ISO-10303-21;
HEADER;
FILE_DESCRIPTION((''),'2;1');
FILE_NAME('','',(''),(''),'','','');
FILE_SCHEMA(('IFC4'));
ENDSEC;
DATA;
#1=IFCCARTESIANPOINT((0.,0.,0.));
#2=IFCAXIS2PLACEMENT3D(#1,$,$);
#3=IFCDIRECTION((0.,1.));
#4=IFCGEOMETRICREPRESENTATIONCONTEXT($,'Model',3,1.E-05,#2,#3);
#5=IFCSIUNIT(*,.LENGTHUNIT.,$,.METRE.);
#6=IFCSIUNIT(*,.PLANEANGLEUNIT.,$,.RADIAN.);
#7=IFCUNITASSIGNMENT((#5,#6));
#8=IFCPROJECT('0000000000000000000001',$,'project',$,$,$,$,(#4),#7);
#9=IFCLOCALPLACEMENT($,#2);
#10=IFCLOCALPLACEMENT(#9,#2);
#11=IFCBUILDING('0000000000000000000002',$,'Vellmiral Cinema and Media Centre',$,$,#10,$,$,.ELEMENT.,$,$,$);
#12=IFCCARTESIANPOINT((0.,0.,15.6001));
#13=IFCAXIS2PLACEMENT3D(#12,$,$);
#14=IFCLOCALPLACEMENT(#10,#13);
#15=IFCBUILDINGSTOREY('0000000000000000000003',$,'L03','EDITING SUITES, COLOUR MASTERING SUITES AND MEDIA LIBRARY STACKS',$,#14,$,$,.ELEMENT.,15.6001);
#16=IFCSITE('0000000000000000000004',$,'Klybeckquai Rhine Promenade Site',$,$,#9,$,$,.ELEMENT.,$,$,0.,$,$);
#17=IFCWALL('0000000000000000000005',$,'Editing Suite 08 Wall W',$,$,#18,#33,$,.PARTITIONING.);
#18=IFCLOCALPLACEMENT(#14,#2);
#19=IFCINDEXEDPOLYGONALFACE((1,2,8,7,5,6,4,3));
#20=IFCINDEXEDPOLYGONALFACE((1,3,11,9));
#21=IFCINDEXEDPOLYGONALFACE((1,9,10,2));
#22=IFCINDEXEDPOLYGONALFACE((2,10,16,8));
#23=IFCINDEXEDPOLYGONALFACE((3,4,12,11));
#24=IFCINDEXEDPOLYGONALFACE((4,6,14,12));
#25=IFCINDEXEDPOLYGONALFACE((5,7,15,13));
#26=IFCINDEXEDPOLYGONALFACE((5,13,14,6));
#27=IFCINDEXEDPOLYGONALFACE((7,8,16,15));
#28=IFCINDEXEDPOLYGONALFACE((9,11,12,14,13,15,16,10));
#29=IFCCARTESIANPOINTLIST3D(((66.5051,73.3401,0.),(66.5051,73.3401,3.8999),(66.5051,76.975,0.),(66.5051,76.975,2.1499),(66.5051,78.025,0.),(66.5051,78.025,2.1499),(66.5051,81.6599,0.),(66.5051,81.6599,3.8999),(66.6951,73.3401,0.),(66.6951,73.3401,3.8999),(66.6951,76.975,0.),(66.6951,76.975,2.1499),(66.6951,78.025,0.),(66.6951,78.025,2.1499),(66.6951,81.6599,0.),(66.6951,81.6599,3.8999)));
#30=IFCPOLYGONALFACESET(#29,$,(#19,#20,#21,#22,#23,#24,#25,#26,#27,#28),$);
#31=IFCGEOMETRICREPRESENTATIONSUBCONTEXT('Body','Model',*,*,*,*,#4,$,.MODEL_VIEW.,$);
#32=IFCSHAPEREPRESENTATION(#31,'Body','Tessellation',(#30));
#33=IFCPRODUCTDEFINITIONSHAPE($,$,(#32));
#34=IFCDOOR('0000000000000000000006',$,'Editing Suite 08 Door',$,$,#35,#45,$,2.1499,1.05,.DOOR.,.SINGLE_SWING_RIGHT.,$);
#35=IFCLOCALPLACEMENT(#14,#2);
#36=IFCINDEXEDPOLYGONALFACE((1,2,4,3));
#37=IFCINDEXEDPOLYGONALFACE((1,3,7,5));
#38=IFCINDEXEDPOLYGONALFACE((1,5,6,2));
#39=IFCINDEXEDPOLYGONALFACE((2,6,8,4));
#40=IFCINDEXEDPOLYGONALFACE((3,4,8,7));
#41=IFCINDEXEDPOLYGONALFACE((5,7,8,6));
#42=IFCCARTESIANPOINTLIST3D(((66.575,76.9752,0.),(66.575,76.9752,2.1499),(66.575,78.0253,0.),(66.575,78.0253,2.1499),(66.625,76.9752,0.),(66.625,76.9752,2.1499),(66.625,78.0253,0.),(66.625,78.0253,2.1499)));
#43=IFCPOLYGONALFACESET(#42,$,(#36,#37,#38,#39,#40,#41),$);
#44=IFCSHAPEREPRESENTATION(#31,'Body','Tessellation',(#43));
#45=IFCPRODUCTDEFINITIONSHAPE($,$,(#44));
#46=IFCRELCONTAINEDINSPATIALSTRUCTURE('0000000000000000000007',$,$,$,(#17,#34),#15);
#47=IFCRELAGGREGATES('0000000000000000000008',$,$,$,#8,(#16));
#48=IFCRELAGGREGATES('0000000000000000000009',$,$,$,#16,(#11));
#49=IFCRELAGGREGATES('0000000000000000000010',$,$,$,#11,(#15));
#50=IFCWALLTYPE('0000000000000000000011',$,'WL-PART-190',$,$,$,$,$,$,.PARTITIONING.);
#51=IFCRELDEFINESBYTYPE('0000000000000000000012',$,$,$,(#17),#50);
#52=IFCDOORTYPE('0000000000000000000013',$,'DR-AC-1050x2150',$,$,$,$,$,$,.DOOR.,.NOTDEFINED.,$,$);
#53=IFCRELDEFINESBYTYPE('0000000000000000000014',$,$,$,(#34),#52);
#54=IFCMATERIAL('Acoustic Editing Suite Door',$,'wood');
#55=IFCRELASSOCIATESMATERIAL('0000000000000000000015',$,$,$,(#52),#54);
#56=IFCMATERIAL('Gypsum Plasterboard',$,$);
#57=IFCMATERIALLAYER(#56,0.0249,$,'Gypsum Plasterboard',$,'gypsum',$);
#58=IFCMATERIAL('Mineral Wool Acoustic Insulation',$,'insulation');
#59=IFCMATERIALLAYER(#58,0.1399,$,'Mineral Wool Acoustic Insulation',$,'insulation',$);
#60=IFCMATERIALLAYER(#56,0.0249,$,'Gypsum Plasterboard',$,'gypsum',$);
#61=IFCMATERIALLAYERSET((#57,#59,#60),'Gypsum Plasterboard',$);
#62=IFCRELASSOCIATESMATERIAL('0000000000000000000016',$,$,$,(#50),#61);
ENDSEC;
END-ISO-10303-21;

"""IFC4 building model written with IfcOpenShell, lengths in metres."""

from ifc_helpers import new_model, si_unit, direction, frame, frame_2d, origin, place, context, subcontext, project, spatial, rectangle, extrude, material, layer, layer_set, type_object, element, fill, save


model = new_model("IFC4")

# Units and contexts
model_context = context("Model", 3, precision=1e-05, world=origin(), true_north=direction((0.0, 1.0)))
body_context = subcontext(model_context, "Body", "Model", "MODEL_VIEW")
ifc_project = project(units=[si_unit("LENGTHUNIT", "METRE"), si_unit("PLANEANGLEUNIT", "RADIAN")], contexts=[model_context])

# Site, building, storey
site_placement = place(None, origin())
site = spatial("IfcSite", under=ifc_project, at=site_placement, Name="Klybeckquai Rhine Promenade Site", CompositionType="ELEMENT", RefElevation=0.0)
building_placement = place(site_placement, origin())
building = spatial("IfcBuilding", under=site, at=building_placement, Name="Vellmiral Cinema and Media Centre", CompositionType="ELEMENT")
storey_placement = place(building_placement, frame((0.0, 0.0, 15.6001)))
storey = spatial("IfcBuildingStorey", under=building, at=storey_placement, Name="L03", Description="EDITING SUITES, COLOUR MASTERING SUITES AND MEDIA LIBRARY STACKS", CompositionType="ELEMENT", Elevation=15.6001)

# Shared definitions
ifc_material_1 = material(Name="Acoustic Editing Suite Door", Category="wood")
door_type = type_object("IfcDoorType", Name="DR-AC-1050x2150", OperationType="NOTDEFINED", PredefinedType="DOOR", material=ifc_material_1)

# Shared definitions
ifc_material_2 = material(Name="Gypsum Plasterboard")
ifc_layer_1 = layer(ifc_material_2, 0.0249, Name="Gypsum Plasterboard", Category="gypsum")
ifc_material_3 = material(Name="Mineral Wool Acoustic Insulation", Category="insulation")
ifc_layer_2 = layer(ifc_material_3, 0.1399, Name="Mineral Wool Acoustic Insulation", Category="insulation")
ifc_layer_3 = layer(ifc_material_2, 0.0249, Name="Gypsum Plasterboard", Category="gypsum")
ifc_layer_set_1 = layer_set([ifc_layer_1, ifc_layer_2, ifc_layer_3], Name="Gypsum Plasterboard")
wall_type_1 = type_object("IfcWallType", Name="WL-PART-190", PredefinedType="PARTITIONING", material=ifc_layer_set_1)

# Wall, opening, door
wall_1_placement = place(storey_placement, frame((66.6001, 73.3401, 0.0), z_axis=(0.0, 0.0, 1.0), x_axis=(0.0, 1.0, 0.0)))
wall_1 = element("IfcWall", 1, at=wall_1_placement, inside=storey, type_object=wall_type_1, Name="Editing Suite 08 Wall W", PredefinedType="PARTITIONING", context=body_context, shape_type="SweptSolid", body=[
    extrude(rectangle(XDim=8.3198, YDim=0.1899, at=frame_2d((4.1599, 0.0))), origin(), (0.0, 0.0, 1.0), 3.8999),
])
opening_1_placement = place(wall_1_placement, frame((3.635, 0.0, 0.0)))
opening_1 = element("IfcOpeningElement", 2, at=opening_1_placement, cuts=wall_1, PredefinedType="OPENING", context=body_context, shape_type="SweptSolid", body=[
    extrude(rectangle(XDim=1.05, YDim=2.1499, at=frame_2d((0.5249, 1.075))), frame((0.0, 0.1069, 0.0), z_axis=(0.0, -1.0, 0.0), x_axis=(1.0, 0.0, 0.0)), (0.0, 0.0, 1.0), 0.2139),
])
door_1_placement = place(opening_1_placement, frame((1.05, 0.0, 0.0), z_axis=(0.0, 0.0, 1.0), x_axis=(-1.0, 0.0, 0.0)))
door_1 = element("IfcDoor", 3, at=door_1_placement, inside=storey, type_object=door_type, Name="Editing Suite 08 Door", OperationType="SINGLE_SWING_RIGHT", OverallHeight=2.1499, OverallWidth=1.05, PredefinedType="DOOR", context=body_context, shape_type="SweptSolid", body=[
    extrude(rectangle(XDim=1.05, YDim=2.1499, at=frame_2d((0.5249, 1.075))), frame((0.0, 0.0249, 0.0), z_axis=(0.0, -1.0, 0.0), x_axis=(1.0, 0.0, 0.0)), (0.0, 0.0, 1.0), 0.05),
])
fill(opening_1, door_1)

save(model, "model.ifc")
